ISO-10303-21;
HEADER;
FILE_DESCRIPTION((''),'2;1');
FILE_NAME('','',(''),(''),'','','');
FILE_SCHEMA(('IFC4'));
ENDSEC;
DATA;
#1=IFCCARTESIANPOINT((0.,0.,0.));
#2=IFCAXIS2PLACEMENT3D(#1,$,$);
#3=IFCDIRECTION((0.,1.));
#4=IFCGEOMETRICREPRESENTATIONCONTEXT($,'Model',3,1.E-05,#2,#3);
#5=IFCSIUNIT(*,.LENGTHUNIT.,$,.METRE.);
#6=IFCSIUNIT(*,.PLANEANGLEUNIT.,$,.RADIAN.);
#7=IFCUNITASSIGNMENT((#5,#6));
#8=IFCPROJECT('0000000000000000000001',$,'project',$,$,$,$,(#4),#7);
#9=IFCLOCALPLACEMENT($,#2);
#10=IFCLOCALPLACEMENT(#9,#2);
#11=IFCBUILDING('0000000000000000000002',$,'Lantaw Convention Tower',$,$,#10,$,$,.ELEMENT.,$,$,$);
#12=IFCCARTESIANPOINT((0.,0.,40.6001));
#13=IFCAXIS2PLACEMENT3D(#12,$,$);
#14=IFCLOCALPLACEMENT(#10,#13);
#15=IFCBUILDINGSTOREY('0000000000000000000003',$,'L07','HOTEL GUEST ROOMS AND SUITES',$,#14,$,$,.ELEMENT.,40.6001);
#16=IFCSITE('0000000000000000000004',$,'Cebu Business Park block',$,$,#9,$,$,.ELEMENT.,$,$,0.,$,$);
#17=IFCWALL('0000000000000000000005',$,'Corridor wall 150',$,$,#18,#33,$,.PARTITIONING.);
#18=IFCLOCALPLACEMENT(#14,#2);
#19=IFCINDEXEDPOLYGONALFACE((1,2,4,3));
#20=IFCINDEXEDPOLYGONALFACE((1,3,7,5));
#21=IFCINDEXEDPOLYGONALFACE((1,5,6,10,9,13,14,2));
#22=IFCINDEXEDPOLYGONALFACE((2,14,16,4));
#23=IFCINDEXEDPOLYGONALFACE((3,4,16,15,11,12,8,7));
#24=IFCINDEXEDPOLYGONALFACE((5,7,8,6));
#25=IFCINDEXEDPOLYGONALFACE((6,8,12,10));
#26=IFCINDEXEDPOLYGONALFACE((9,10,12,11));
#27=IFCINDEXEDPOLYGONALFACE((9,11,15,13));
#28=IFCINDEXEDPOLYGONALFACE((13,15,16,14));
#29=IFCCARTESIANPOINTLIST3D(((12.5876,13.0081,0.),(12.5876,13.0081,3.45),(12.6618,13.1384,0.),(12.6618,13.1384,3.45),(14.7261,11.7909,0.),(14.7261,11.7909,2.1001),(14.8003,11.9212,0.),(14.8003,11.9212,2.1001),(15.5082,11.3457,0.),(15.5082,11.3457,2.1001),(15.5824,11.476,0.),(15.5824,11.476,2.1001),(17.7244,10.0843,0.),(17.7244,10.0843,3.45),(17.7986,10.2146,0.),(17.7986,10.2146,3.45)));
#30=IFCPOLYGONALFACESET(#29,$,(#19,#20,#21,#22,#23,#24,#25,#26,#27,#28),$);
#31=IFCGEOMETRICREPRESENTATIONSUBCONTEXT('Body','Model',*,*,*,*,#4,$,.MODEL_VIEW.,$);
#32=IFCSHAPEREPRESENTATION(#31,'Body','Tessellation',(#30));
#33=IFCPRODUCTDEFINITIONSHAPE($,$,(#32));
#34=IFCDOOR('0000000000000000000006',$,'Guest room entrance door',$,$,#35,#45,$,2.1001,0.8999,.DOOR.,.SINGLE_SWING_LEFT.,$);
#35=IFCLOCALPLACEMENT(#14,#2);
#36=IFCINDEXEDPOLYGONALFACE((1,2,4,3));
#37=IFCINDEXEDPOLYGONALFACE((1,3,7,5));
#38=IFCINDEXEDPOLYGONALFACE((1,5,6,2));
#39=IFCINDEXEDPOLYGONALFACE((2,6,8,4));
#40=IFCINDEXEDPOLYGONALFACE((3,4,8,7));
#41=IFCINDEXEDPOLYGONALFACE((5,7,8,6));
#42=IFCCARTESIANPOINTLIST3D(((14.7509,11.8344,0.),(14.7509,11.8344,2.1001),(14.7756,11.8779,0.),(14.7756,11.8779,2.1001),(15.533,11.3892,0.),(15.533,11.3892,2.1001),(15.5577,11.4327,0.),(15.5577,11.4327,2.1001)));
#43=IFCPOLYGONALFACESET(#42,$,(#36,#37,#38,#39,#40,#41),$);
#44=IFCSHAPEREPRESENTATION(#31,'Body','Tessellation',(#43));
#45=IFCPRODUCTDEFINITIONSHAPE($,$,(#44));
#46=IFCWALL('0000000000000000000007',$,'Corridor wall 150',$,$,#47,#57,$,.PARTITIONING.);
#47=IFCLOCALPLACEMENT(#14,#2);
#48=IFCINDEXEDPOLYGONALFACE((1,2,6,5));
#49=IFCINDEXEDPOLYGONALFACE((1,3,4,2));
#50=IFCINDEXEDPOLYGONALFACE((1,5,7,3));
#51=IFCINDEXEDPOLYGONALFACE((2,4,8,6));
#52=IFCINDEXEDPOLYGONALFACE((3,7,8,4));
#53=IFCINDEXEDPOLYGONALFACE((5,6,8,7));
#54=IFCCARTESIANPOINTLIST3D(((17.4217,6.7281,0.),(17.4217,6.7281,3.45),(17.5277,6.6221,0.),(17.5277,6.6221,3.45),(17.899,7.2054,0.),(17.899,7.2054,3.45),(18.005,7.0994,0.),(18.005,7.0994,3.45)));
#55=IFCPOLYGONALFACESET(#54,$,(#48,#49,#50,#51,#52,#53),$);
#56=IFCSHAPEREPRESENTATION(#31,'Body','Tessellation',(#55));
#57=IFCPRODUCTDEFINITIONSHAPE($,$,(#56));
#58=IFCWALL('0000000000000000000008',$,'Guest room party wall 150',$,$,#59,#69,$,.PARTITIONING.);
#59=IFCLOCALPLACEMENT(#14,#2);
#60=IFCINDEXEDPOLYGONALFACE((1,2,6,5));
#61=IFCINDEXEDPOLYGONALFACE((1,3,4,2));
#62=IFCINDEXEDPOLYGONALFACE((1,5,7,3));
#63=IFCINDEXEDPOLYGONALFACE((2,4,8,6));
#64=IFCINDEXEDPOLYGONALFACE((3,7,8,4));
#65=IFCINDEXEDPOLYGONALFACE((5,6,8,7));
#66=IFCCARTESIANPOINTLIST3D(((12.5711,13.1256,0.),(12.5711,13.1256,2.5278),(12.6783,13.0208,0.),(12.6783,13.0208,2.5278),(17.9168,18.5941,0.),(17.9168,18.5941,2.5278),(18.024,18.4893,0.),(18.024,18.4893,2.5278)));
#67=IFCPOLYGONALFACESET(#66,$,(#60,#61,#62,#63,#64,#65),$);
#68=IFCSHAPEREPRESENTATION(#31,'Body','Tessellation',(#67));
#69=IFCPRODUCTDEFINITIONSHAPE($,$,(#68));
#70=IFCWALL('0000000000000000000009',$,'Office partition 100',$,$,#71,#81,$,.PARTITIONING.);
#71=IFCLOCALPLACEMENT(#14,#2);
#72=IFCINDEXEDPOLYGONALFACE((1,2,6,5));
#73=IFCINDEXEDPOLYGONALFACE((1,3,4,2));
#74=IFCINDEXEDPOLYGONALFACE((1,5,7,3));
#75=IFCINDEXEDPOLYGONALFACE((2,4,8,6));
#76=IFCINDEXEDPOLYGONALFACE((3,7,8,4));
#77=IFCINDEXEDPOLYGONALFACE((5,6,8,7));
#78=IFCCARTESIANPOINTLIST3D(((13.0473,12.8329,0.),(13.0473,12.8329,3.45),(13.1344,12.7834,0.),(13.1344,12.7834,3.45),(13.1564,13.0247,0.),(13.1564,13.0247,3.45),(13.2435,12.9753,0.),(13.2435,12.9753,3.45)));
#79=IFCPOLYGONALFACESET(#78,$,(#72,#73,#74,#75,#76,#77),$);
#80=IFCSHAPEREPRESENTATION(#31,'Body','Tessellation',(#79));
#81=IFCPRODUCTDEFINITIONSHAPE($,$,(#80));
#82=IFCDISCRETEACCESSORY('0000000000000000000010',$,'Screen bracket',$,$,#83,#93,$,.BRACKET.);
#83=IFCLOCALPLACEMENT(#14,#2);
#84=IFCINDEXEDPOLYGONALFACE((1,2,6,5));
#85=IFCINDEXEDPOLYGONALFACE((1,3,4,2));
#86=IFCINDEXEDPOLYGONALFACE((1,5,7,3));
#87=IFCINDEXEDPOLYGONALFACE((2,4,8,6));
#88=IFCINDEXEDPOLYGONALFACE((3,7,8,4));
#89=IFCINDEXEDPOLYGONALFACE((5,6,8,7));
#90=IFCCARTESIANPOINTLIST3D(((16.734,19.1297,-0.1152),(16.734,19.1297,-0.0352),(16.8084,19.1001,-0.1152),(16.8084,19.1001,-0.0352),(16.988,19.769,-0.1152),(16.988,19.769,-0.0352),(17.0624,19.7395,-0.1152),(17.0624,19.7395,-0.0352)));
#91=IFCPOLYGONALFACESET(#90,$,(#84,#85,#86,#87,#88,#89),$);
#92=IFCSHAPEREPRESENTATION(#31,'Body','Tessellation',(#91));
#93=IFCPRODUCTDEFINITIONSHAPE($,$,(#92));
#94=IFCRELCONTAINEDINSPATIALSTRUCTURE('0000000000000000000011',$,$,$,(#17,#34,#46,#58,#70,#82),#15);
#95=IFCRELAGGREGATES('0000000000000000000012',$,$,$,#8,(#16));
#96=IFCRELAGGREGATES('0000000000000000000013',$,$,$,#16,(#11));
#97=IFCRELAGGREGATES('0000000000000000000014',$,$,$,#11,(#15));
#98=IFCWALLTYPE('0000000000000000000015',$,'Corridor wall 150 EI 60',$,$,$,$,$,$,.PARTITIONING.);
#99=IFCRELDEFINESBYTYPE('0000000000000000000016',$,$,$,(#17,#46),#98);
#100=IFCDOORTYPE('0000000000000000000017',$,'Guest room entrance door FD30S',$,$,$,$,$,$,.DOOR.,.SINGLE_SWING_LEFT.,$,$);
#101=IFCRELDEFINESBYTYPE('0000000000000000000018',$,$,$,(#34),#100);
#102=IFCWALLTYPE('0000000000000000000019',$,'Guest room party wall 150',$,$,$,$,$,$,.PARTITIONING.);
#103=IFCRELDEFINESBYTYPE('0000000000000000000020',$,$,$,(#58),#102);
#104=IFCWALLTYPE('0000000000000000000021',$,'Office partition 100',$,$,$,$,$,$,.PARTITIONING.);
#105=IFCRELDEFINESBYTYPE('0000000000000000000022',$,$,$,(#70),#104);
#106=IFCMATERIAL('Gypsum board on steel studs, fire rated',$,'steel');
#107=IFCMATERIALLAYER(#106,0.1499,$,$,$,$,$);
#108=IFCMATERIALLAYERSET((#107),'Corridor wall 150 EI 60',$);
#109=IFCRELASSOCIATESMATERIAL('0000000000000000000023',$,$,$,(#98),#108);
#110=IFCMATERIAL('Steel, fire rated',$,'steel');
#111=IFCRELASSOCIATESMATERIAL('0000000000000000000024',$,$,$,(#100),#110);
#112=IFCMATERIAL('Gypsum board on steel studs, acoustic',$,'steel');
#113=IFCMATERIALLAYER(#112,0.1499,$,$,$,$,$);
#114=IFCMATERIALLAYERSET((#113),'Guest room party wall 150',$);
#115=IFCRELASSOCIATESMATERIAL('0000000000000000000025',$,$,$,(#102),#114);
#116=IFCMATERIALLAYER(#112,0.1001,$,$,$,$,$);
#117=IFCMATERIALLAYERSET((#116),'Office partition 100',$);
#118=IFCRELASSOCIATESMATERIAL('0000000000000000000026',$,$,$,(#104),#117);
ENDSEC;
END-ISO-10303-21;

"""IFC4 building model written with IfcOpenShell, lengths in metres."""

from ifc_helpers import new_model, si_unit, direction, frame, frame_2d, origin, origin_2d, place, context, subcontext, project, spatial, rectangle, extrude, material, layer, layer_set, type_object, element, fill, save


model = new_model("IFC4")

# Units and contexts
model_context = context("Model", 3, precision=1e-05, world=origin(), true_north=direction((0.0, 1.0)))
body_context = subcontext(model_context, "Body", "Model", "MODEL_VIEW")
ifc_project = project(units=[si_unit("LENGTHUNIT", "METRE"), si_unit("PLANEANGLEUNIT", "RADIAN")], contexts=[model_context])

# Site, building, storey
site_placement = place(None, origin())
site = spatial("IfcSite", under=ifc_project, at=site_placement, Name="Cebu Business Park block", CompositionType="ELEMENT", RefElevation=0.0)
building_placement = place(site_placement, origin())
building = spatial("IfcBuilding", under=site, at=building_placement, Name="Lantaw Convention Tower", CompositionType="ELEMENT")
storey_placement = place(building_placement, frame((0.0, 0.0, 40.6001)))
storey = spatial("IfcBuildingStorey", under=building, at=storey_placement, Name="L07", Description="HOTEL GUEST ROOMS AND SUITES", CompositionType="ELEMENT", Elevation=40.6001)

# Wall, opening, door
ifc_material_1 = material(Name="Gypsum board on steel studs, fire rated", Category="steel")
ifc_layer_1 = layer(ifc_material_1, 0.1499)
ifc_layer_set_1 = layer_set([ifc_layer_1], Name="Corridor wall 150 EI 60")
wall_type_1 = type_object("IfcWallType", Name="Corridor wall 150 EI 60", PredefinedType="PARTITIONING", material=ifc_layer_set_1)
wall_1_placement = place(storey_placement, frame((17.7615, 10.1494, 0.0), z_axis=(0.0, 0.0, 1.0), x_axis=(-0.869076, 0.494679, 0.0)))
wall_1 = element("IfcWall", 1, at=wall_1_placement, inside=storey, type_object=wall_type_1, Name="Corridor wall 150", PredefinedType="PARTITIONING", context=body_context, shape_type="SweptSolid", body=[
    extrude(rectangle(XDim=5.9106, YDim=0.1499, at=frame_2d((2.9553, 0.0))), origin(), (0.0, 0.0, 1.0), 3.45),
])
opening_1_placement = place(wall_1_placement, frame((2.55, 0.0, 0.0)))
opening_1 = element("IfcOpeningElement", 2, at=opening_1_placement, cuts=wall_1, PredefinedType="OPENING", context=body_context, shape_type="SweptSolid", body=[
    extrude(rectangle(XDim=0.8999, YDim=2.1001, at=frame_2d((0.45, 1.05))), frame((0.0, 0.085, 0.0), z_axis=(0.0, -1.0, 0.0), x_axis=(1.0, 0.0, 0.0)), (0.0, 0.0, 1.0), 0.1699),
])
ifc_material_2 = material(Name="Steel, fire rated", Category="steel")
door_type_1 = type_object("IfcDoorType", Name="Guest room entrance door FD30S", OperationType="SINGLE_SWING_LEFT", PredefinedType="DOOR", material=ifc_material_2)
door_1_placement = place(opening_1_placement, origin())
door_1 = element("IfcDoor", 3, at=door_1_placement, inside=storey, type_object=door_type_1, Name="Guest room entrance door", OperationType="SINGLE_SWING_LEFT", OverallHeight=2.1001, OverallWidth=0.8999, PredefinedType="DOOR", context=body_context, shape_type="SweptSolid", body=[
    extrude(rectangle(XDim=0.8999, YDim=2.1001, at=frame_2d((0.45, 1.05))), frame((0.0, 0.0249, 0.0), z_axis=(0.0, -1.0, 0.0), x_axis=(1.0, 0.0, 0.0)), (0.0, 0.0, 1.0), 0.05),
])
fill(opening_1, door_1)

# Walls
wall_2_placement = place(storey_placement, frame((17.9519, 7.1523, 0.0), z_axis=(0.0, 0.0, 1.0), x_axis=(-0.707107, -0.707107, 0.0)))
element("IfcWall", 4, at=wall_2_placement, inside=storey, type_object=wall_type_1, Name="Corridor wall 150", PredefinedType="PARTITIONING", context=body_context, shape_type="SweptSolid", body=[
    extrude(rectangle(XDim=0.675, YDim=0.1499, at=frame_2d((0.3374, 0.0))), origin(), (0.0, 0.0, 1.0), 3.45),
])
ifc_material_3 = material(Name="Gypsum board on steel studs, acoustic", Category="steel")
ifc_layer_2 = layer(ifc_material_3, 0.1499)
ifc_layer_set_2 = layer_set([ifc_layer_2], Name="Guest room party wall 150")
wall_type_2 = type_object("IfcWallType", Name="Guest room party wall 150", PredefinedType="PARTITIONING", material=ifc_layer_set_2)
wall_3_placement = place(storey_placement, frame((17.9705, 18.5417, 0.0), z_axis=(0.0, 0.0, 1.0), x_axis=(-0.699032, -0.71509, 0.0)))
element("IfcWall", 5, at=wall_3_placement, inside=storey, type_object=wall_type_2, Name="Guest room party wall 150", PredefinedType="PARTITIONING", context=body_context, shape_type="SweptSolid", body=[
    extrude(rectangle(XDim=7.6472, YDim=0.1499, at=frame_2d((3.8237, 0.0))), origin(), (0.0, 0.0, 1.0), 2.5278),
])
ifc_layer_3 = layer(ifc_material_3, 0.1001)
ifc_layer_set_3 = layer_set([ifc_layer_3], Name="Office partition 100")
wall_type_3 = type_object("IfcWallType", Name="Office partition 100", PredefinedType="PARTITIONING", material=ifc_layer_set_3)
wall_4_placement = place(storey_placement, frame((13.2, 13.0, 0.0), z_axis=(0.0, 0.0, 1.0), x_axis=(-0.494351, -0.869262, 0.0)))
element("IfcWall", 6, at=wall_4_placement, inside=storey, type_object=wall_type_3, Name="Office partition 100", PredefinedType="PARTITIONING", context=body_context, shape_type="SweptSolid", body=[
    extrude(rectangle(XDim=0.2207, YDim=0.1001, at=frame_2d((0.1104, 0.0))), origin(), (0.0, 0.0, 1.0), 3.45),
])

# Discrete accessory
discrete_accessory_placement = place(storey_placement, frame((16.8982, 19.4346, -0.1152), z_axis=(0.0, 0.0, 1.0), x_axis=(-0.929361, 0.369172, 0.0)))
element("IfcDiscreteAccessory", 7, at=discrete_accessory_placement, inside=storey, Name="Screen bracket", PredefinedType="BRACKET", context=body_context, shape_type="SweptSolid", body=[
    extrude(rectangle(XDim=0.0801, YDim=0.688, at=origin_2d()), origin(), (0.0, 0.0, 1.0), 0.0801),
])

save(model, "model.ifc")
